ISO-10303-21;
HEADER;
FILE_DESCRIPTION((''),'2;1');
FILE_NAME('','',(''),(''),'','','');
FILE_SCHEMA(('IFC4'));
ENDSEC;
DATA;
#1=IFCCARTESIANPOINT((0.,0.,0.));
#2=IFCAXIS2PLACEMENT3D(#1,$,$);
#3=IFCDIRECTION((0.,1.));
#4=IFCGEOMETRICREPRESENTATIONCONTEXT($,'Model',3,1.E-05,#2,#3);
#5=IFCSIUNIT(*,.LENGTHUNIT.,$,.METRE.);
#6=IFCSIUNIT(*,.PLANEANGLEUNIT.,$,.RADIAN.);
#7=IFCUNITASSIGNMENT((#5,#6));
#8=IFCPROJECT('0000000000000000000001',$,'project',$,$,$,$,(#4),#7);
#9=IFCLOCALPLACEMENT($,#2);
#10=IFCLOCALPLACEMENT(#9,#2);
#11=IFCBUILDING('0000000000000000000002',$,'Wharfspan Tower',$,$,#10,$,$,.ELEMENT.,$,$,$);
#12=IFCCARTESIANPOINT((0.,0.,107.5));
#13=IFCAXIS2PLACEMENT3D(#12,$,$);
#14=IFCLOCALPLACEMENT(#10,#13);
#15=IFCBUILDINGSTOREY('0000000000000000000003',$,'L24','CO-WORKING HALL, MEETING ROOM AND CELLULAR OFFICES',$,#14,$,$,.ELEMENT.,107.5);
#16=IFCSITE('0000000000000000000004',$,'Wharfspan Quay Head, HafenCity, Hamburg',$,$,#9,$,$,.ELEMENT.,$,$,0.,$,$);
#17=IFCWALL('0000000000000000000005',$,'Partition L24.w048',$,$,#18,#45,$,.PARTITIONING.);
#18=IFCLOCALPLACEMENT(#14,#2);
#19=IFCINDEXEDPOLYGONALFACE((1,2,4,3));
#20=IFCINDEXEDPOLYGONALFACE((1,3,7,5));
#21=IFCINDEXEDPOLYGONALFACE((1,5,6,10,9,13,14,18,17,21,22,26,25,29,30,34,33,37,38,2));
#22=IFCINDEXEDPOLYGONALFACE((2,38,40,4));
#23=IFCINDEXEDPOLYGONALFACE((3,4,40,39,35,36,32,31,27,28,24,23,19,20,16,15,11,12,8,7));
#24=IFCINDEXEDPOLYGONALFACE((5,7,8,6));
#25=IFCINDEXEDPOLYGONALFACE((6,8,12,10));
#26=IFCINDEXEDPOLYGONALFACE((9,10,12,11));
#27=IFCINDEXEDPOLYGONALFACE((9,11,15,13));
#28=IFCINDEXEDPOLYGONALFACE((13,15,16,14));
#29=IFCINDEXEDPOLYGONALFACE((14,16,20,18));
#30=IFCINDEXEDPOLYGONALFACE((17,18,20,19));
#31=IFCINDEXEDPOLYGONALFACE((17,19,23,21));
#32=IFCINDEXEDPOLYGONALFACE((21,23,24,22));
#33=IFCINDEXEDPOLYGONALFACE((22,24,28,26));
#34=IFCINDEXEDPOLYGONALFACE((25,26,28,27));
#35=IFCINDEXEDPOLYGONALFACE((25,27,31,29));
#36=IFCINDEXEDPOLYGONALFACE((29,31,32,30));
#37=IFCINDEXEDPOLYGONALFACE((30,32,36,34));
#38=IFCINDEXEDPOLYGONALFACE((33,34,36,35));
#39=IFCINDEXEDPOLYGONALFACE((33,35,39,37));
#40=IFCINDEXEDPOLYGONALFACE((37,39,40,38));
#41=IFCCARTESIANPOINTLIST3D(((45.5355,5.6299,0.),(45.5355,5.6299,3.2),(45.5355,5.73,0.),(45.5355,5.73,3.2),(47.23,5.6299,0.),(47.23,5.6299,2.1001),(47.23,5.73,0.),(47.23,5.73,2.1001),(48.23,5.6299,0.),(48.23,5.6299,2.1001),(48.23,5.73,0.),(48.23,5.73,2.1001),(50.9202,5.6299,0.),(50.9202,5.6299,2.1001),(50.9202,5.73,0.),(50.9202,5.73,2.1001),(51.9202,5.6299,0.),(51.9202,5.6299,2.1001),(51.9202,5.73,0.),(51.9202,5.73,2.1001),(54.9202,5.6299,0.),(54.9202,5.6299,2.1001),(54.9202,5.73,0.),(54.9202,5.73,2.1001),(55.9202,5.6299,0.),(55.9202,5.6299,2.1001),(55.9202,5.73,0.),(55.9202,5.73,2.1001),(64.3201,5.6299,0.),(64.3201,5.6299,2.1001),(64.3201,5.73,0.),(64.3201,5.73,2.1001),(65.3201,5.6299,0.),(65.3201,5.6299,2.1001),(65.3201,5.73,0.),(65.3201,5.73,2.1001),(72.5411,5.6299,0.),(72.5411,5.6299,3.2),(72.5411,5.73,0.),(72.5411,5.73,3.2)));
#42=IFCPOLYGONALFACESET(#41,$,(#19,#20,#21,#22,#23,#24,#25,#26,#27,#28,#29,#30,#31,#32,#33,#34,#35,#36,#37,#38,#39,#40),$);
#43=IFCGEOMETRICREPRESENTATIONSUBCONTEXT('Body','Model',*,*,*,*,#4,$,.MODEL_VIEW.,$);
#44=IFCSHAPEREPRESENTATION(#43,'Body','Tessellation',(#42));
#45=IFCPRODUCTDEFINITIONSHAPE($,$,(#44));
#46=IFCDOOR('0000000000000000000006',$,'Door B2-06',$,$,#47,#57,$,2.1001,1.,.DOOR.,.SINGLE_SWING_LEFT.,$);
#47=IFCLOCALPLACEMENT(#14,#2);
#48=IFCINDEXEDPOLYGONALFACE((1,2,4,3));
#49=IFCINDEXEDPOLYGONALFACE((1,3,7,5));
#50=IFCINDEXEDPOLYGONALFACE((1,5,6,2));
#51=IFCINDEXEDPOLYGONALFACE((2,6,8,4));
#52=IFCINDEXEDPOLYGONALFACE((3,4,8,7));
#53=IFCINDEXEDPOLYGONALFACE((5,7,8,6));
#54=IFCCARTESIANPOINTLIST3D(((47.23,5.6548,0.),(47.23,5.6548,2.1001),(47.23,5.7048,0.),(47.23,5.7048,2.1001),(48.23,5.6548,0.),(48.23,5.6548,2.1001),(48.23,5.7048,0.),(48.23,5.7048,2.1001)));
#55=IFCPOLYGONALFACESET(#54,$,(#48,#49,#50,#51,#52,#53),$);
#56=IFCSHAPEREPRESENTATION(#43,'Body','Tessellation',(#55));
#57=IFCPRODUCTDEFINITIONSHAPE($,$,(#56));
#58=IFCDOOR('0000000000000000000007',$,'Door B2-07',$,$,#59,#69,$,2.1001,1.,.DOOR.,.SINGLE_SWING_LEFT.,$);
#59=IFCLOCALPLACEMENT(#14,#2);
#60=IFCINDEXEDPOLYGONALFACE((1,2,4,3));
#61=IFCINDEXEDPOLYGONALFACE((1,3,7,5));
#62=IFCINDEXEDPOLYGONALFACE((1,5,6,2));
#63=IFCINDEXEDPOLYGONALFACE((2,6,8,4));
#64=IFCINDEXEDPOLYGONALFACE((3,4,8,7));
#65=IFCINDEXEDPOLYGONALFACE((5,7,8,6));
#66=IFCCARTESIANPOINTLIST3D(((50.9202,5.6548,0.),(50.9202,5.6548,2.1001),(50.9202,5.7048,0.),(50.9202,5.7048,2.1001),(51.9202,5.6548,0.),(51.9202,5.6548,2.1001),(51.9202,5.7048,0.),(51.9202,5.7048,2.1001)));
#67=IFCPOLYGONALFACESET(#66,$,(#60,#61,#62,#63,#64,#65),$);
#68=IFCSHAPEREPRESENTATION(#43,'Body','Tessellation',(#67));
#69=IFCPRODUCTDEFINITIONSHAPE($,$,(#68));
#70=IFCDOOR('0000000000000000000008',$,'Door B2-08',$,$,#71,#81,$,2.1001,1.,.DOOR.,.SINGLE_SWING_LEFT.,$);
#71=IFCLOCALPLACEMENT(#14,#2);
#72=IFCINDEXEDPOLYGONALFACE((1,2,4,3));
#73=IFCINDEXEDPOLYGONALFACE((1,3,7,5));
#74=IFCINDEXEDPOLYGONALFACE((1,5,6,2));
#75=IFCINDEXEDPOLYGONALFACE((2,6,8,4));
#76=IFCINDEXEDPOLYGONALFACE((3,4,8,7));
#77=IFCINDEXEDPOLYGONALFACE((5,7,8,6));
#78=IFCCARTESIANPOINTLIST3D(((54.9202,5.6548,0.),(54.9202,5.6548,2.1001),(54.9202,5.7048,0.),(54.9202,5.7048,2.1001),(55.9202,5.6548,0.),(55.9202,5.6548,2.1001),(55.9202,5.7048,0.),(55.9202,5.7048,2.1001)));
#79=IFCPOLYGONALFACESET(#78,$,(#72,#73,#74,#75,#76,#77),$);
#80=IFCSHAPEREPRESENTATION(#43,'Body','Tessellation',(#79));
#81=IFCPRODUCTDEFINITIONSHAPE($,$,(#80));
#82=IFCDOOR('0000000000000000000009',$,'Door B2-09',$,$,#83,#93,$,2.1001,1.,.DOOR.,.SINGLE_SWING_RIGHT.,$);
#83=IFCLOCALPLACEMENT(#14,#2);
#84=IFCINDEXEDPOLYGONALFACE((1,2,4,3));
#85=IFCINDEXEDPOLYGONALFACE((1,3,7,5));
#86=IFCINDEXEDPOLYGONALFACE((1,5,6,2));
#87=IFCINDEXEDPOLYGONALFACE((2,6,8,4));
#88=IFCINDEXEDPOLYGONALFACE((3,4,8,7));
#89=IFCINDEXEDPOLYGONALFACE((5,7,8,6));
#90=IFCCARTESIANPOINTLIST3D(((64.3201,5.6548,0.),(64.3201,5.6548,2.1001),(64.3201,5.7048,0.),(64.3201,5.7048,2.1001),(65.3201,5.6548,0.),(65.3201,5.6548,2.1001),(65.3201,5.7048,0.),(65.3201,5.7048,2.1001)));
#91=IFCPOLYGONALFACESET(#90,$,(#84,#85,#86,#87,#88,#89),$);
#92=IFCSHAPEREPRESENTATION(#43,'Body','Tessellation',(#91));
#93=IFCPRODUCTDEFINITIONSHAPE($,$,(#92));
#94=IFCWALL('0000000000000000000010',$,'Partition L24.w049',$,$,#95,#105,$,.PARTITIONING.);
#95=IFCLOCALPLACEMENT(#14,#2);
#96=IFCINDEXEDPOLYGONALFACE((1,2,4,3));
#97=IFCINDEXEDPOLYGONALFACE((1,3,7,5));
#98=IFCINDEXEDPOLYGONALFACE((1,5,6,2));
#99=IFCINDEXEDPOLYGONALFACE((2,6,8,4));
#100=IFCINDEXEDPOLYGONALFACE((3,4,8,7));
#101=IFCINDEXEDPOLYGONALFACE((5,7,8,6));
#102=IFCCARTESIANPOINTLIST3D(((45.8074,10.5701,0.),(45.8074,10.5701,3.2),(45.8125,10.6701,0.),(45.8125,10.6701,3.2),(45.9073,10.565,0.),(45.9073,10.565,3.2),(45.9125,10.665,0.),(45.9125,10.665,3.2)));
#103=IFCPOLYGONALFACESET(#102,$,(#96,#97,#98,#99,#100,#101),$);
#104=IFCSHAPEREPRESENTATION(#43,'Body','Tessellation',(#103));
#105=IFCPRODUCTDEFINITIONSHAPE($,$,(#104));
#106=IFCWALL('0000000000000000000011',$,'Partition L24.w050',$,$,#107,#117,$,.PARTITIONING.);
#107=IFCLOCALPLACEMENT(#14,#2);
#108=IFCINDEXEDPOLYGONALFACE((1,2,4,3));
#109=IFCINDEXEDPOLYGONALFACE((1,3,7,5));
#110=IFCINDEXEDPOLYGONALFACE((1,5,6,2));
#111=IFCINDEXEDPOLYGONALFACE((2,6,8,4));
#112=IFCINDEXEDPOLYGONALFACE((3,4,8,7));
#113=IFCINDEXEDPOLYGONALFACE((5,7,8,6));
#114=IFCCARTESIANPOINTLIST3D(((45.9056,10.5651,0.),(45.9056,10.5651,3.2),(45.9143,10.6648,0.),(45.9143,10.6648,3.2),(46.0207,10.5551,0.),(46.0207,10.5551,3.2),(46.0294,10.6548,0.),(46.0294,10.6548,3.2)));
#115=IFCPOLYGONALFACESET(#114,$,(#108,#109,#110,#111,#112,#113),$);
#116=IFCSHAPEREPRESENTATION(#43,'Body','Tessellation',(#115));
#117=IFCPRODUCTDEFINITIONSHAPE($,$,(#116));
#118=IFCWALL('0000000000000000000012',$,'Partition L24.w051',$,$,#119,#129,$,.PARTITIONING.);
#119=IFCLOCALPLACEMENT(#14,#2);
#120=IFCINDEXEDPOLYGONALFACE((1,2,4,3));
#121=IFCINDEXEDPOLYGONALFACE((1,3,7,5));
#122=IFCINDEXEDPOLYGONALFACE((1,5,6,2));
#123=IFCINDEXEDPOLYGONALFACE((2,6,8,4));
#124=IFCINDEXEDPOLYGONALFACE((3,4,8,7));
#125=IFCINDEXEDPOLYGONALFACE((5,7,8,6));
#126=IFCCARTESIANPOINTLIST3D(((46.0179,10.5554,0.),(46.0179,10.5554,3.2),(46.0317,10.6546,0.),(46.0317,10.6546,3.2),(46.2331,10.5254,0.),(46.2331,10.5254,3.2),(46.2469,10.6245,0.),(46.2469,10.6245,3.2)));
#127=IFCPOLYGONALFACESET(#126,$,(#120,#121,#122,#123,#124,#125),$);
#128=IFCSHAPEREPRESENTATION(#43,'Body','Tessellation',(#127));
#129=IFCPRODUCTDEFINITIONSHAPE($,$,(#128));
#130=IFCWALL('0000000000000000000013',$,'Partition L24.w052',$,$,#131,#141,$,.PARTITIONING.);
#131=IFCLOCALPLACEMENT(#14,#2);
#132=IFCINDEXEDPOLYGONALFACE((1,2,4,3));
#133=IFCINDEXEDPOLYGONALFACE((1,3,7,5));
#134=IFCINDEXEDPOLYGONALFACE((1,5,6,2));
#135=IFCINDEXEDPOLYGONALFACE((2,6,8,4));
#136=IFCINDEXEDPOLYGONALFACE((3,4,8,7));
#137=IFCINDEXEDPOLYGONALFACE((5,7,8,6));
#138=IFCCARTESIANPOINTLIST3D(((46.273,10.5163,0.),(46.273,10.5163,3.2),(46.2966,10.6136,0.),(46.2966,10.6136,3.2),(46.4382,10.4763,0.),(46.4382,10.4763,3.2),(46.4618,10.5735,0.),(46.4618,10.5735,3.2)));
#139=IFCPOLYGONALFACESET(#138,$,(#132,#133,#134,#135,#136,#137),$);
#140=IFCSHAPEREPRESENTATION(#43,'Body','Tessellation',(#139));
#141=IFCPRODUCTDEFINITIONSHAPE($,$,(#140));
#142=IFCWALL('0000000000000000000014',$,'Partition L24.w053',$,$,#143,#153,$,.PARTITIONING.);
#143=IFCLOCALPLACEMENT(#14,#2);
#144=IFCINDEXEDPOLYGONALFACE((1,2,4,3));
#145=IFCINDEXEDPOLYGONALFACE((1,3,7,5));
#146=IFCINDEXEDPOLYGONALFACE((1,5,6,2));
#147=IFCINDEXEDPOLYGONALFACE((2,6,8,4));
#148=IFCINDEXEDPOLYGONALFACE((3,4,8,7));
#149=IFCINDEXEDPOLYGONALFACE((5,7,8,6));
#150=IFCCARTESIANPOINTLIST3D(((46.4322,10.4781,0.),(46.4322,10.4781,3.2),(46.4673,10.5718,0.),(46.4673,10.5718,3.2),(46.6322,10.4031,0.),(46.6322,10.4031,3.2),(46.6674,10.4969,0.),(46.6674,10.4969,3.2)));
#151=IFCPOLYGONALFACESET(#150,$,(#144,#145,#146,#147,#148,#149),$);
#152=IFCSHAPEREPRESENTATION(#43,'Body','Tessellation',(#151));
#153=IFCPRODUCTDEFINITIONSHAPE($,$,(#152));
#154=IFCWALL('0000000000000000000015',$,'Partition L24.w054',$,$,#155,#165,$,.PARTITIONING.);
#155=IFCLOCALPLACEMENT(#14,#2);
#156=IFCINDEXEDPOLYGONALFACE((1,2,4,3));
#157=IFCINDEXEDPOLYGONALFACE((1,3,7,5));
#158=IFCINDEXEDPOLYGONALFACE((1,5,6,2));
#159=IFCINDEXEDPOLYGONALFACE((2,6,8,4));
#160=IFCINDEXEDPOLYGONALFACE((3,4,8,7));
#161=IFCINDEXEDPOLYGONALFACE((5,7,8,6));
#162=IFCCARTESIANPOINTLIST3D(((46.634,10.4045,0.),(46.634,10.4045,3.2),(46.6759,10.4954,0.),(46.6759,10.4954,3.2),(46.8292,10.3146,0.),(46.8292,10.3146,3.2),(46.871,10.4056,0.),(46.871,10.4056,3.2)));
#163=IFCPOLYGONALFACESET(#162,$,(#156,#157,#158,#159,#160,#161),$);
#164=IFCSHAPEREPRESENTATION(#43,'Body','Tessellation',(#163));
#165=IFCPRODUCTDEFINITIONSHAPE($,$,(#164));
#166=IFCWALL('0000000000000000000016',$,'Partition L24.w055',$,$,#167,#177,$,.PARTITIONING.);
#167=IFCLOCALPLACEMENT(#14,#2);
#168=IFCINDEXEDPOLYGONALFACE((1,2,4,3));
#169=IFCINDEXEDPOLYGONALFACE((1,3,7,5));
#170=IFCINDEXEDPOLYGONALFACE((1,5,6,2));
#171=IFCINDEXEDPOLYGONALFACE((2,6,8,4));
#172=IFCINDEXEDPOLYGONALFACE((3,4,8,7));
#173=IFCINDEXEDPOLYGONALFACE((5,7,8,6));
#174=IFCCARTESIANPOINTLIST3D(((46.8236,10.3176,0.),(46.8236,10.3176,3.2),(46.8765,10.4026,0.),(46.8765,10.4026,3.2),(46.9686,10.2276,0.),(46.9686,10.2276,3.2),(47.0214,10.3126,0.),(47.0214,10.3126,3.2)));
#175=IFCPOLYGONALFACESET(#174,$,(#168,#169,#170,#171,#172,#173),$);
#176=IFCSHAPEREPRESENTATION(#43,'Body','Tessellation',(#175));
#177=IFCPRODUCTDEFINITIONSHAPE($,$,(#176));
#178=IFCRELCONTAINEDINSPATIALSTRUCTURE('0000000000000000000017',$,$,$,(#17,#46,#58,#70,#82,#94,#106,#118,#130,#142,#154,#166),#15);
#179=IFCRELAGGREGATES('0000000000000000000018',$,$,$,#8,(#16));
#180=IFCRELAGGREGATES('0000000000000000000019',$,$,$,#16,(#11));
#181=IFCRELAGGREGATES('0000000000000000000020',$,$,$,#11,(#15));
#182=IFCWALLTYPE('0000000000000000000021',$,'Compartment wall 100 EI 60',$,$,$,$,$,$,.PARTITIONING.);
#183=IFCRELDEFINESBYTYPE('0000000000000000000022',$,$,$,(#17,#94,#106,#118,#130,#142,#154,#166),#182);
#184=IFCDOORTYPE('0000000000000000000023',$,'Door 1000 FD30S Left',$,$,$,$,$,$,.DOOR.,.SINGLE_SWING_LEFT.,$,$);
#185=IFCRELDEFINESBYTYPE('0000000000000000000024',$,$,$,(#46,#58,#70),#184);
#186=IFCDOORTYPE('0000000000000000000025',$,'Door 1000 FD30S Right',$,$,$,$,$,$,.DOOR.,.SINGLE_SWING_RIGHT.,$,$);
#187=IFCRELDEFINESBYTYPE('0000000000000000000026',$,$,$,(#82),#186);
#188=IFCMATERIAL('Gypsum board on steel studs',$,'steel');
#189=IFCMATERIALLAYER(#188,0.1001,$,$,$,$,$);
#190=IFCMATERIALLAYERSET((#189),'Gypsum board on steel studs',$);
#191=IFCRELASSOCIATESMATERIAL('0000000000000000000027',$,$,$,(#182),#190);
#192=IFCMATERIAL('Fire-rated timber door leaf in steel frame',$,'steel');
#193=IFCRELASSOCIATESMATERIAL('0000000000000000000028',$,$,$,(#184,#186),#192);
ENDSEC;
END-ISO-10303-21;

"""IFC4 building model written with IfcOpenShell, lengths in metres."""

from ifc_helpers import new_model, si_unit, direction, frame, frame_2d, origin, place, context, subcontext, project, spatial, rectangle, extrude, material, layer, layer_set, type_object, element, fill, save


model = new_model("IFC4")

# Units and contexts
model_context = context("Model", 3, precision=1e-05, world=origin(), true_north=direction((0.0, 1.0)))
body_context = subcontext(model_context, "Body", "Model", "MODEL_VIEW")
ifc_project = project(units=[si_unit("LENGTHUNIT", "METRE"), si_unit("PLANEANGLEUNIT", "RADIAN")], contexts=[model_context])

# Site, building, storey
site_placement = place(None, origin())
site = spatial("IfcSite", under=ifc_project, at=site_placement, Name="Wharfspan Quay Head, HafenCity, Hamburg", CompositionType="ELEMENT", RefElevation=0.0)
building_placement = place(site_placement, origin())
building = spatial("IfcBuilding", under=site, at=building_placement, Name="Wharfspan Tower", CompositionType="ELEMENT")
storey_placement = place(building_placement, frame((0.0, 0.0, 107.5)))
storey = spatial("IfcBuildingStorey", under=building, at=storey_placement, Name="L24", Description="CO-WORKING HALL, MEETING ROOM AND CELLULAR OFFICES", CompositionType="ELEMENT", Elevation=107.5)

# Wall, openings, doors
ifc_material_1 = material(Name="Gypsum board on steel studs", Category="steel")
ifc_layer_1 = layer(ifc_material_1, 0.1001)
ifc_layer_set_1 = layer_set([ifc_layer_1], Name="Gypsum board on steel studs")
wall_type_1 = type_object("IfcWallType", Name="Compartment wall 100 EI 60", PredefinedType="PARTITIONING", material=ifc_layer_set_1)
wall_1_placement = place(storey_placement, frame((45.5354, 5.6799, 0.0), z_axis=(0.0, 0.0, 1.0), x_axis=(1.0, 0.0, 0.0)))
wall_1 = element("IfcWall", 1, at=wall_1_placement, inside=storey, type_object=wall_type_1, Name="Partition L24.w048", PredefinedType="PARTITIONING", context=body_context, shape_type="SweptSolid", body=[
    extrude(rectangle(XDim=27.0056, YDim=0.1001, at=frame_2d((13.5029, 0.0))), origin(), (0.0, 0.0, 1.0), 3.2),
])
opening_1_placement = place(wall_1_placement, frame((1.6946, 0.0, 0.0)))
opening_1 = element("IfcOpeningElement", 2, at=opening_1_placement, cuts=wall_1, PredefinedType="OPENING", context=body_context, shape_type="SweptSolid", body=[
    extrude(rectangle(XDim=1.0, YDim=2.1001, at=frame_2d((0.5, 1.05))), frame((0.0, 0.0601, 0.0), z_axis=(0.0, -1.0, 0.0), x_axis=(1.0, 0.0, 0.0)), (0.0, 0.0, 1.0), 0.1201),
])
opening_2_placement = place(wall_1_placement, frame((5.3848, 0.0, 0.0)))
opening_2 = element("IfcOpeningElement", 3, at=opening_2_placement, cuts=wall_1, PredefinedType="OPENING", context=body_context, shape_type="SweptSolid", body=[
    extrude(rectangle(XDim=1.0, YDim=2.1001, at=frame_2d((0.5, 1.05))), frame((0.0, 0.0601, 0.0), z_axis=(0.0, -1.0, 0.0), x_axis=(1.0, 0.0, 0.0)), (0.0, 0.0, 1.0), 0.1201),
])
opening_3_placement = place(wall_1_placement, frame((9.3848, 0.0, 0.0)))
opening_3 = element("IfcOpeningElement", 4, at=opening_3_placement, cuts=wall_1, PredefinedType="OPENING", context=body_context, shape_type="SweptSolid", body=[
    extrude(rectangle(XDim=1.0, YDim=2.1001, at=frame_2d((0.5, 1.05))), frame((0.0, 0.0601, 0.0), z_axis=(0.0, -1.0, 0.0), x_axis=(1.0, 0.0, 0.0)), (0.0, 0.0, 1.0), 0.1201),
])
opening_4_placement = place(wall_1_placement, frame((18.7847, 0.0, 0.0)))
opening_4 = element("IfcOpeningElement", 5, at=opening_4_placement, cuts=wall_1, PredefinedType="OPENING", context=body_context, shape_type="SweptSolid", body=[
    extrude(rectangle(XDim=1.0, YDim=2.1001, at=frame_2d((0.5, 1.05))), frame((0.0, 0.0601, 0.0), z_axis=(0.0, -1.0, 0.0), x_axis=(1.0, 0.0, 0.0)), (0.0, 0.0, 1.0), 0.1201),
])
ifc_material_2 = material(Name="Fire-rated timber door leaf in steel frame", Category="steel")
door_type_1 = type_object("IfcDoorType", Name="Door 1000 FD30S Left", OperationType="SINGLE_SWING_LEFT", PredefinedType="DOOR", material=ifc_material_2)
door_1_placement = place(opening_1_placement, origin())
door_1 = element("IfcDoor", 6, at=door_1_placement, inside=storey, type_object=door_type_1, Name="Door B2-06", OperationType="SINGLE_SWING_LEFT", OverallHeight=2.1001, OverallWidth=1.0, PredefinedType="DOOR", context=body_context, shape_type="SweptSolid", body=[
    extrude(rectangle(XDim=1.0, YDim=2.1001, at=frame_2d((0.5, 1.05))), frame((0.0, 0.0249, 0.0), z_axis=(0.0, -1.0, 0.0), x_axis=(1.0, 0.0, 0.0)), (0.0, 0.0, 1.0), 0.05),
])
fill(opening_1, door_1)
door_2_placement = place(opening_2_placement, origin())
door_2 = element("IfcDoor", 7, at=door_2_placement, inside=storey, type_object=door_type_1, Name="Door B2-07", OperationType="SINGLE_SWING_LEFT", OverallHeight=2.1001, OverallWidth=1.0, PredefinedType="DOOR", context=body_context, shape_type="SweptSolid", body=[
    extrude(rectangle(XDim=1.0, YDim=2.1001, at=frame_2d((0.5, 1.05))), frame((0.0, 0.0249, 0.0), z_axis=(0.0, -1.0, 0.0), x_axis=(1.0, 0.0, 0.0)), (0.0, 0.0, 1.0), 0.05),
])
fill(opening_2, door_2)
door_3_placement = place(opening_3_placement, origin())
door_3 = element("IfcDoor", 8, at=door_3_placement, inside=storey, type_object=door_type_1, Name="Door B2-08", OperationType="SINGLE_SWING_LEFT", OverallHeight=2.1001, OverallWidth=1.0, PredefinedType="DOOR", context=body_context, shape_type="SweptSolid", body=[
    extrude(rectangle(XDim=1.0, YDim=2.1001, at=frame_2d((0.5, 1.05))), frame((0.0, 0.0249, 0.0), z_axis=(0.0, -1.0, 0.0), x_axis=(1.0, 0.0, 0.0)), (0.0, 0.0, 1.0), 0.05),
])
fill(opening_3, door_3)
door_type_2 = type_object("IfcDoorType", Name="Door 1000 FD30S Right", OperationType="SINGLE_SWING_RIGHT", PredefinedType="DOOR", material=ifc_material_2)
door_4_placement = place(opening_4_placement, origin())
door_4 = element("IfcDoor", 9, at=door_4_placement, inside=storey, type_object=door_type_2, Name="Door B2-09", OperationType="SINGLE_SWING_RIGHT", OverallHeight=2.1001, OverallWidth=1.0, PredefinedType="DOOR", context=body_context, shape_type="SweptSolid", body=[
    extrude(rectangle(XDim=1.0, YDim=2.1001, at=frame_2d((0.5, 1.05))), frame((0.0, 0.0249, 0.0), z_axis=(0.0, -1.0, 0.0), x_axis=(1.0, 0.0, 0.0)), (0.0, 0.0, 1.0), 0.05),
])
fill(opening_4, door_4)

# Walls
wall_2_placement = place(storey_placement, frame((45.9099, 10.615, 0.0), z_axis=(0.0, 0.0, 1.0), x_axis=(-0.998681, 0.051277, 0.0)))
element("IfcWall", 10, at=wall_2_placement, inside=storey, type_object=wall_type_1, Name="Partition L24.w049", PredefinedType="PARTITIONING", context=body_context, shape_type="SweptSolid", body=[
    extrude(rectangle(XDim=0.1001, YDim=0.1001, at=frame_2d((0.05, 0.0))), origin(), (0.0, 0.0, 1.0), 3.2),
])
wall_3_placement = place(storey_placement, frame((46.0249, 10.605, 0.0), z_axis=(0.0, 0.0, 1.0), x_axis=(-0.996234, 0.086721, 0.0)))
element("IfcWall", 11, at=wall_3_placement, inside=storey, type_object=wall_type_1, Name="Partition L24.w050", PredefinedType="PARTITIONING", context=body_context, shape_type="SweptSolid", body=[
    extrude(rectangle(XDim=0.1155, YDim=0.1001, at=frame_2d((0.0576, 0.0))), origin(), (0.0, 0.0, 1.0), 3.2),
])
wall_4_placement = place(storey_placement, frame((46.24, 10.575, 0.0), z_axis=(0.0, 0.0, 1.0), x_axis=(-0.990394, 0.138273, 0.0)))
element("IfcWall", 12, at=wall_4_placement, inside=storey, type_object=wall_type_1, Name="Partition L24.w051", PredefinedType="PARTITIONING", context=body_context, shape_type="SweptSolid", body=[
    extrude(rectangle(XDim=0.2173, YDim=0.1001, at=frame_2d((0.1086, 0.0))), origin(), (0.0, 0.0, 1.0), 3.2),
])
wall_5_placement = place(storey_placement, frame((46.45, 10.5249, 0.0), z_axis=(0.0, 0.0, 1.0), x_axis=(-0.971812, 0.235765, 0.0)))
element("IfcWall", 13, at=wall_5_placement, inside=storey, type_object=wall_type_1, Name="Partition L24.w052", PredefinedType="PARTITIONING", context=body_context, shape_type="SweptSolid", body=[
    extrude(rectangle(XDim=0.1699, YDim=0.1001, at=frame_2d((0.085, 0.0))), origin(), (0.0, 0.0, 1.0), 3.2),
])
wall_6_placement = place(storey_placement, frame((46.6499, 10.45, 0.0), z_axis=(0.0, 0.0, 1.0), x_axis=(-0.936373, 0.350997, 0.0)))
element("IfcWall", 14, at=wall_6_placement, inside=storey, type_object=wall_type_1, Name="Partition L24.w053", PredefinedType="PARTITIONING", context=body_context, shape_type="SweptSolid", body=[
    extrude(rectangle(XDim=0.2136, YDim=0.1001, at=frame_2d((0.1069, 0.0))), origin(), (0.0, 0.0, 1.0), 3.2),
])
wall_7_placement = place(storey_placement, frame((46.8501, 10.3601, 0.0), z_axis=(0.0, 0.0, 1.0), x_axis=(-0.908296, 0.418339, 0.0)))
element("IfcWall", 15, at=wall_7_placement, inside=storey, type_object=wall_type_1, Name="Partition L24.w054", PredefinedType="PARTITIONING", context=body_context, shape_type="SweptSolid", body=[
    extrude(rectangle(XDim=0.2148, YDim=0.1001, at=frame_2d((0.1074, 0.0))), origin(), (0.0, 0.0, 1.0), 3.2),
])
wall_8_placement = place(storey_placement, frame((46.9951, 10.27, 0.0), z_axis=(0.0, 0.0, 1.0), x_axis=(-0.849441, 0.527683, 0.0)))
element("IfcWall", 16, at=wall_8_placement, inside=storey, type_object=wall_type_1, Name="Partition L24.w055", PredefinedType="PARTITIONING", context=body_context, shape_type="SweptSolid", body=[
    extrude(rectangle(XDim=0.1707, YDim=0.1001, at=frame_2d((0.0854, 0.0))), origin(), (0.0, 0.0, 1.0), 3.2),
])

save(model, "model.ifc")
